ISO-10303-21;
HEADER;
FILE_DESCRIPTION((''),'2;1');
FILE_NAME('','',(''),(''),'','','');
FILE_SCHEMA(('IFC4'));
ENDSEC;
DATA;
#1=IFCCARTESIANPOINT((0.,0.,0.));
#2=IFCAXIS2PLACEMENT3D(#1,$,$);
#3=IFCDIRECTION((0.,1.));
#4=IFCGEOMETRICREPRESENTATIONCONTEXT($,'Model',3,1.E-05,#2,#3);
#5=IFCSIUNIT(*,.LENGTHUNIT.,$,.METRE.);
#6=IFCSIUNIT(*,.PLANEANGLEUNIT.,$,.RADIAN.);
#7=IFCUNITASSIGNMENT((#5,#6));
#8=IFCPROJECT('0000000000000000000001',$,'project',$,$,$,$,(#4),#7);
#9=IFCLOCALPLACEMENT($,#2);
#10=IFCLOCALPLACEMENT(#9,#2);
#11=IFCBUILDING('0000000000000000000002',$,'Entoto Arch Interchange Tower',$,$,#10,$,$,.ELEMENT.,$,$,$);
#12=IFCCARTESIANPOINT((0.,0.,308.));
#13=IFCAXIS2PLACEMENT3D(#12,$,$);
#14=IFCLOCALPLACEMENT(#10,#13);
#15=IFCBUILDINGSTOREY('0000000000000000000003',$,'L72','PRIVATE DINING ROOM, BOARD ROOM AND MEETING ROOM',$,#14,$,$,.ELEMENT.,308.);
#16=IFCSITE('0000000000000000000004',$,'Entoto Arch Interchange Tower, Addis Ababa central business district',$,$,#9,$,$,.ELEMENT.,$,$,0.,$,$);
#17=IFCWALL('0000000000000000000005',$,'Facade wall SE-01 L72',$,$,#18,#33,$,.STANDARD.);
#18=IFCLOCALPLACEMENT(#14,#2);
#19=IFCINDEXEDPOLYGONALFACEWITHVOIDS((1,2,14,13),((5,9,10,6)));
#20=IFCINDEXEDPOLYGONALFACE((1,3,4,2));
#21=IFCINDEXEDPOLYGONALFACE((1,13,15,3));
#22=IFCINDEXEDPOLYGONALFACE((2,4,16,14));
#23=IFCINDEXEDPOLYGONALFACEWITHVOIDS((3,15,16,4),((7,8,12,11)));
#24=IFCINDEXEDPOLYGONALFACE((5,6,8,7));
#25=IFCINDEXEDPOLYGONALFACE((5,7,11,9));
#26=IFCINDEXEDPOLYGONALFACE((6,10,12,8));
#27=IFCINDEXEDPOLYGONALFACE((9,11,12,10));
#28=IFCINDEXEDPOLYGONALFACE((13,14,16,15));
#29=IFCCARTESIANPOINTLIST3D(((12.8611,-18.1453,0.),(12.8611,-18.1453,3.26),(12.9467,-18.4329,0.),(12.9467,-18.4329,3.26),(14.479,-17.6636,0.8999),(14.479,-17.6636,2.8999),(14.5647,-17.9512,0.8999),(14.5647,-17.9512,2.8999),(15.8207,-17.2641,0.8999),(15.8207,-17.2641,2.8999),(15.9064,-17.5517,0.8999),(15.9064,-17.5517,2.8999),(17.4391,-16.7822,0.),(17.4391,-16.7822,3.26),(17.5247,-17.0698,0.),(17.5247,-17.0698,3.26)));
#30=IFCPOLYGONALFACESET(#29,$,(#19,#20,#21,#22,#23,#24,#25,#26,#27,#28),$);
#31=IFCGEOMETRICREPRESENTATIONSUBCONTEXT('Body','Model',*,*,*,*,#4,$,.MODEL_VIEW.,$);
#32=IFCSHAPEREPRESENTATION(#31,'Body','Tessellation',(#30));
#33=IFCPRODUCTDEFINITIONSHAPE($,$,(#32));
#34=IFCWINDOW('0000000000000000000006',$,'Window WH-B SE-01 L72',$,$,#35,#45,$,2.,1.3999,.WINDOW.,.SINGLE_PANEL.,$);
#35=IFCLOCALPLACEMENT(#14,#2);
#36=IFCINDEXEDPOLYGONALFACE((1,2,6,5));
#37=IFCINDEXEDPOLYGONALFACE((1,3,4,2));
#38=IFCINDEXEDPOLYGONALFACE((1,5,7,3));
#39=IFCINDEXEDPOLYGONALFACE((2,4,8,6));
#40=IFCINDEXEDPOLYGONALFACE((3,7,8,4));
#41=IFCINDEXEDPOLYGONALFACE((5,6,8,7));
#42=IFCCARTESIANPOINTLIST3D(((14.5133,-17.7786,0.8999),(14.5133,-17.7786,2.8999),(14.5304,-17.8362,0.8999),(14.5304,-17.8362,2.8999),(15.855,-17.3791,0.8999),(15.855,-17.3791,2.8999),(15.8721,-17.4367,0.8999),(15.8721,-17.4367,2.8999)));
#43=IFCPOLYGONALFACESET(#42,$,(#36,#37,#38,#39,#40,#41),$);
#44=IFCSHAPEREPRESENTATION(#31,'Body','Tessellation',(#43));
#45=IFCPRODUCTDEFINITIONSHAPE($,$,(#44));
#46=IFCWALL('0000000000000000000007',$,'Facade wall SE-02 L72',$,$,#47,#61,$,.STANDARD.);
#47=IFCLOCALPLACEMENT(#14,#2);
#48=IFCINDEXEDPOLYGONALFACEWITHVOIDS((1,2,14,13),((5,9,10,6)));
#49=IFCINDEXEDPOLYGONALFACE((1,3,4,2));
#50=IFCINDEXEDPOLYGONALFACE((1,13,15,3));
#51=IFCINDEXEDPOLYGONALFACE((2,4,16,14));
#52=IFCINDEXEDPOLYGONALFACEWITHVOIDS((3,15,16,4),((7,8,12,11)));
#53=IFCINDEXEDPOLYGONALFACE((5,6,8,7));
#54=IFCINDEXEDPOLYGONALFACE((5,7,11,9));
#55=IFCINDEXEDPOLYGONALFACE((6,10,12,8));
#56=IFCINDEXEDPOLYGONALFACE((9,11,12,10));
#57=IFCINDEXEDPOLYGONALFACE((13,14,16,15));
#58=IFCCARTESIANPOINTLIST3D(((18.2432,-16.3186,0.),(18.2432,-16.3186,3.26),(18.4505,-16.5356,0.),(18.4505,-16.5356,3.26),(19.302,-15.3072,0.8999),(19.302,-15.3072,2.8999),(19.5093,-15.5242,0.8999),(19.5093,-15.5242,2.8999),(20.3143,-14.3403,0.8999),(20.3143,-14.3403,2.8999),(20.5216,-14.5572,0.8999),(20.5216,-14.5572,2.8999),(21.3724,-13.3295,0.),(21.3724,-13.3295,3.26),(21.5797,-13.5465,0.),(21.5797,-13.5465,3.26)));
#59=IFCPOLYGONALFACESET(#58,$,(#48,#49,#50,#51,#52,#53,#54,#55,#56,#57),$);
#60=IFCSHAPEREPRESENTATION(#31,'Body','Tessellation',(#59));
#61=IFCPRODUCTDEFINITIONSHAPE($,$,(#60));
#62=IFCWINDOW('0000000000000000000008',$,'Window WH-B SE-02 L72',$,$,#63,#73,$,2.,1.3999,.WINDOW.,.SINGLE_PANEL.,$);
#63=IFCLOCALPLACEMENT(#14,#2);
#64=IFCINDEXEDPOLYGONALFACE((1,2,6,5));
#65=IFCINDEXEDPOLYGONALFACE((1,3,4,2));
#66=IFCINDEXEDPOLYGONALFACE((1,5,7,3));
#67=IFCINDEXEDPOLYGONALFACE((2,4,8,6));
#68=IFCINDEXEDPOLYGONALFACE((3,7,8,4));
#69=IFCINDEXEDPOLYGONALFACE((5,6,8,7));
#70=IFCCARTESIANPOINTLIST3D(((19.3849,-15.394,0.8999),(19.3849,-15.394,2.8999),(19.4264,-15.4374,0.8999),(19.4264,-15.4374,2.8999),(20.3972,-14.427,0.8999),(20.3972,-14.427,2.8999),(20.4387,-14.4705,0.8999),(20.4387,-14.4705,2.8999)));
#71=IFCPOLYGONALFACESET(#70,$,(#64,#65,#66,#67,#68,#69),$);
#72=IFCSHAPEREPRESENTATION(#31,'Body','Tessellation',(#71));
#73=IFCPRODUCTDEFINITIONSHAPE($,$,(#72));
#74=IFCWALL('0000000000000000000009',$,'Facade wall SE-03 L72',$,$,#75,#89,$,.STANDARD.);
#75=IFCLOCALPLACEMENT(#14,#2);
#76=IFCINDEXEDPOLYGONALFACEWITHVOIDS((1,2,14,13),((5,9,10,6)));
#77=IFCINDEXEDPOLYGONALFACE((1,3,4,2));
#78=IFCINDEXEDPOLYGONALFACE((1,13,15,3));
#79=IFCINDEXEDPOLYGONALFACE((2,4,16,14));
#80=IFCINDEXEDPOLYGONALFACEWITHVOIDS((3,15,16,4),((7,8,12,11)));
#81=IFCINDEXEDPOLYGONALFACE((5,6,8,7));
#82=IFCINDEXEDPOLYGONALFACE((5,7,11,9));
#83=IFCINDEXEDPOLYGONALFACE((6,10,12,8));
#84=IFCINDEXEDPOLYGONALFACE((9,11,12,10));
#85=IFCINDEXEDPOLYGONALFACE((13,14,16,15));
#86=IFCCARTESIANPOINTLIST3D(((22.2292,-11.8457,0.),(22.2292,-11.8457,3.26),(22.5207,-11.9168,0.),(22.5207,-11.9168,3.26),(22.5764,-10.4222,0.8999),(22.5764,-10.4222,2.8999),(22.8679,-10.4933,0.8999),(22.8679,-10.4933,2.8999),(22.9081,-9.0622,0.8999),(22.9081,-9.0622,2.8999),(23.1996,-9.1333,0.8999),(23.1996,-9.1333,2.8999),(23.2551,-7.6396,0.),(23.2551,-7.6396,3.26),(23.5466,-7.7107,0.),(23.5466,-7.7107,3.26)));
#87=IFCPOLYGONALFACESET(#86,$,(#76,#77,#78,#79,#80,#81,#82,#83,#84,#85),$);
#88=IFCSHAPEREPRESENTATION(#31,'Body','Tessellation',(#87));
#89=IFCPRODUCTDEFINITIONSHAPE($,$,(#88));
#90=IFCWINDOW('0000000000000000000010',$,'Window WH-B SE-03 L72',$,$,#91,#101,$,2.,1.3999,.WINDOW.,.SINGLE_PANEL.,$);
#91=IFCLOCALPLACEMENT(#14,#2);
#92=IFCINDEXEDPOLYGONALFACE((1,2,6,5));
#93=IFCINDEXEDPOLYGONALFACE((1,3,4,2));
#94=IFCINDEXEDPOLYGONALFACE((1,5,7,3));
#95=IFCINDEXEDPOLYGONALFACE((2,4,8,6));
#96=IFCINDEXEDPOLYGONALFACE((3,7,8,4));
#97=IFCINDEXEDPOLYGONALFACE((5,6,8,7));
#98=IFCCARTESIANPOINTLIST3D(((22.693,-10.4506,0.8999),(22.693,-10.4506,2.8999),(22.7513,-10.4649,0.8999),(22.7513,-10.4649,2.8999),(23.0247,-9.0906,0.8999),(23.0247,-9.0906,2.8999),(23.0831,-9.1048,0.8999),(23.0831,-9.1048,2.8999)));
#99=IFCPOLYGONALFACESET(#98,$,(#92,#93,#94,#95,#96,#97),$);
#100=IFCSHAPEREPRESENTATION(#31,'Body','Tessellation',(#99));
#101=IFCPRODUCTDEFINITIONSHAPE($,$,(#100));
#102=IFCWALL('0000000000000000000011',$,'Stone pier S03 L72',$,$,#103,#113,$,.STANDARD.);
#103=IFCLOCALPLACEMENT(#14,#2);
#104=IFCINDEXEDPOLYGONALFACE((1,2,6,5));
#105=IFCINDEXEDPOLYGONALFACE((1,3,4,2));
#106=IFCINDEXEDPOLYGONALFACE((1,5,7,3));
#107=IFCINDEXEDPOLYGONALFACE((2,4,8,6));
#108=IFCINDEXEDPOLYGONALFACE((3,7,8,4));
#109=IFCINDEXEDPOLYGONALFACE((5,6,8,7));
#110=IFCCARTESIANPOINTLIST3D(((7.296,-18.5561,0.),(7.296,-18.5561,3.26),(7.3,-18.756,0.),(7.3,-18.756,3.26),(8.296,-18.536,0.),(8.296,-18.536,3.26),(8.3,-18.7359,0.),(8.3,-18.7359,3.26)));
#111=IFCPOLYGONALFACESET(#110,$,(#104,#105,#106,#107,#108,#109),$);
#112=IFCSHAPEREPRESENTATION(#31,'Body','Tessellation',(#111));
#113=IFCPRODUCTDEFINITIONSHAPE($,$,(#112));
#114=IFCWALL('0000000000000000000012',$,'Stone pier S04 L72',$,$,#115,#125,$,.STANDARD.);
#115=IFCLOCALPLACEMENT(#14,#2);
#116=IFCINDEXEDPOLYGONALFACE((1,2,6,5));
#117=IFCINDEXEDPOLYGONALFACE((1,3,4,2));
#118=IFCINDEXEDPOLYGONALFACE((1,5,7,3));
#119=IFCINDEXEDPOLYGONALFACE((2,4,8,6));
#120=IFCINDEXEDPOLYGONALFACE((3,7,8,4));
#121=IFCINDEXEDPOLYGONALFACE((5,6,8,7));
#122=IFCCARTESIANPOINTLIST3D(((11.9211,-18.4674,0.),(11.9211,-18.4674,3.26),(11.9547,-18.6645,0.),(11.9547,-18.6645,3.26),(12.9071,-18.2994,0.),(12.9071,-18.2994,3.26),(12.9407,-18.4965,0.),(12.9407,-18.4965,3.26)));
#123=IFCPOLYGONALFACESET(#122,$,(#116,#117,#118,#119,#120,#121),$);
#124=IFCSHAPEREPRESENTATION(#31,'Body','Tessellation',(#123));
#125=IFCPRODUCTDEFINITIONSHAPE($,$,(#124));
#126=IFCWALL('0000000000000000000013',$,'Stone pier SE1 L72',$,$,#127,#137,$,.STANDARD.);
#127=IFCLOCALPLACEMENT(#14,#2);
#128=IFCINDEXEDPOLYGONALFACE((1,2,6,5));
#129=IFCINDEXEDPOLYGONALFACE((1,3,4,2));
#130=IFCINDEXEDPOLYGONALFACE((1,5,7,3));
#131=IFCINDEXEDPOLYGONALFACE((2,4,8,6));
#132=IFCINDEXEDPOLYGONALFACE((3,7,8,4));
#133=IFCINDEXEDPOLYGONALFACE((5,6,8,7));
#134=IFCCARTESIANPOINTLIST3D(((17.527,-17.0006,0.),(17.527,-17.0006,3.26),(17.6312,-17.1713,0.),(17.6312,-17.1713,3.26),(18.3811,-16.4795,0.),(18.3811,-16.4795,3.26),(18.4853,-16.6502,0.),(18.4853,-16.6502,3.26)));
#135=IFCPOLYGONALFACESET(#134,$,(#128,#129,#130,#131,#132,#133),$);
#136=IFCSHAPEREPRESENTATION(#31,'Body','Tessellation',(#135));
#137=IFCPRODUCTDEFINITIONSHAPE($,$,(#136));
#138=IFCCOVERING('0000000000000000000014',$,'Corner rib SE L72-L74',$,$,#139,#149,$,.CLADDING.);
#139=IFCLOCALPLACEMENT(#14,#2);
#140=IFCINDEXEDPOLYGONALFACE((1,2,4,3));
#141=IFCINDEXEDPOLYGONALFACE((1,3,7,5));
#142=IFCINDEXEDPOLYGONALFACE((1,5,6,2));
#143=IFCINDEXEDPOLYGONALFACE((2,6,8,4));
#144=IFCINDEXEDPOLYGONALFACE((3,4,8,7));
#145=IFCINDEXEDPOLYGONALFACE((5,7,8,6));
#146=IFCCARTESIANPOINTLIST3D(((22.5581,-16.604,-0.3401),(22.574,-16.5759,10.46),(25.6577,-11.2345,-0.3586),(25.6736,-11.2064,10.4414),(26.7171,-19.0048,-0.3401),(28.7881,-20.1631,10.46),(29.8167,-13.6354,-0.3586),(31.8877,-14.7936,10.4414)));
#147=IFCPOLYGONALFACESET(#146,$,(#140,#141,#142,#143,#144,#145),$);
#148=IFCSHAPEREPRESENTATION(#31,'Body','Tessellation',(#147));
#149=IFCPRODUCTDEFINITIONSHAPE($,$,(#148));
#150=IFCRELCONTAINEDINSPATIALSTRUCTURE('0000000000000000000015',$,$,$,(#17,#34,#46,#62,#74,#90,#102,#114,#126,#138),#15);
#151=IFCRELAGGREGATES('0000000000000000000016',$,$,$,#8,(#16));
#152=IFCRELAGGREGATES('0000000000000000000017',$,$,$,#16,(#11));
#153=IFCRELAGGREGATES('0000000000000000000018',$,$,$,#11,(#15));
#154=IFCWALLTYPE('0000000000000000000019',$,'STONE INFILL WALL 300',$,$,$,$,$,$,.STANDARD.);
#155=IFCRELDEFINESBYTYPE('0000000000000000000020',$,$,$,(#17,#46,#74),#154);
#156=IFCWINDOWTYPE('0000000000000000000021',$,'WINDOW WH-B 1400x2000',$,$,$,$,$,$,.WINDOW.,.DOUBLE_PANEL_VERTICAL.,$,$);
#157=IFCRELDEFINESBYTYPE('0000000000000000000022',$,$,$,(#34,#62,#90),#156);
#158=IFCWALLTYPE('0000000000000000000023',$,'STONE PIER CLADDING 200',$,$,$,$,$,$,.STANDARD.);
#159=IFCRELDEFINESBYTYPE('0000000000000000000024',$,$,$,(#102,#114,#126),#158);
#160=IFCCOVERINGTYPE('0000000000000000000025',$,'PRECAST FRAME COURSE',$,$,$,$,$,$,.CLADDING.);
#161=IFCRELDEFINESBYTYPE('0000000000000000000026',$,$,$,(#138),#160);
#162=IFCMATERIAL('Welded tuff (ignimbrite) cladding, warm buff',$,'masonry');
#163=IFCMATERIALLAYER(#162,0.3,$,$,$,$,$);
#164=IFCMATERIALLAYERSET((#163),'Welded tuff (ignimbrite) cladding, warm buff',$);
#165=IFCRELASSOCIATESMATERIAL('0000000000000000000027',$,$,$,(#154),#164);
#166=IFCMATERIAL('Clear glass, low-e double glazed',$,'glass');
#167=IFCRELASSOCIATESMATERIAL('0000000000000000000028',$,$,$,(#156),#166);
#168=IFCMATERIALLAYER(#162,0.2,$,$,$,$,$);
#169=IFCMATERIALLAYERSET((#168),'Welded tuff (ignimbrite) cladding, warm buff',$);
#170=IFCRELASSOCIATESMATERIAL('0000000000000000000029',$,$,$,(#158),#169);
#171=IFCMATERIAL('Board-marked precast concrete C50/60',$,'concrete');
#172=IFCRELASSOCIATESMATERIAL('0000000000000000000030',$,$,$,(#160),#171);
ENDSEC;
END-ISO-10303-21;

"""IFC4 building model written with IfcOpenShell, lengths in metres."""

from ifc_helpers import new_model, si_unit, direction, frame, frame_2d, origin, place, context, subcontext, project, spatial, polyline, rectangle, outline, extrude, material, layer, layer_set, type_object, element, fill, save


model = new_model("IFC4")

# Units and contexts
model_context = context("Model", 3, precision=1e-05, world=origin(), true_north=direction((0.0, 1.0)))
body_context = subcontext(model_context, "Body", "Model", "MODEL_VIEW")
ifc_project = project(units=[si_unit("LENGTHUNIT", "METRE"), si_unit("PLANEANGLEUNIT", "RADIAN")], contexts=[model_context])

# Site, building, storey
site_placement = place(None, origin())
site = spatial("IfcSite", under=ifc_project, at=site_placement, Name="Entoto Arch Interchange Tower, Addis Ababa central business district", CompositionType="ELEMENT", RefElevation=0.0)
building_placement = place(site_placement, origin())
building = spatial("IfcBuilding", under=site, at=building_placement, Name="Entoto Arch Interchange Tower", CompositionType="ELEMENT")
storey_placement = place(building_placement, frame((0.0, 0.0, 308.0)))
storey = spatial("IfcBuildingStorey", under=building, at=storey_placement, Name="L72", Description="PRIVATE DINING ROOM, BOARD ROOM AND MEETING ROOM", CompositionType="ELEMENT", Elevation=308.0)

# Walls, openings, windows
ifc_material_1 = material(Name="Welded tuff (ignimbrite) cladding, warm buff", Category="masonry")
ifc_layer_1 = layer(ifc_material_1, 0.3)
ifc_layer_set_1 = layer_set([ifc_layer_1], Name="Welded tuff (ignimbrite) cladding, warm buff")
wall_type_1 = type_object("IfcWallType", Name="STONE INFILL WALL 300", PredefinedType="STANDARD", material=ifc_layer_set_1)
ifc_material_2 = material(Name="Clear glass, low-e double glazed", Category="glass")
window_type = type_object("IfcWindowType", Name="WINDOW WH-B 1400x2000", PartitioningType="DOUBLE_PANEL_VERTICAL", PredefinedType="WINDOW", material=ifc_material_2)
wall_1_placement = place(storey_placement, frame((12.9041, -18.2891, 0.0), z_axis=(0.0, 0.0, 1.0), x_axis=(0.958419, 0.285364, 0.0)))
wall_1 = element("IfcWall", 1, at=wall_1_placement, inside=storey, type_object=wall_type_1, Name="Facade wall SE-01 L72", PredefinedType="STANDARD", context=body_context, shape_type="SweptSolid", body=[
    extrude(rectangle(XDim=4.7766, YDim=0.3, at=frame_2d((2.3882, 0.0))), origin(), (0.0, 0.0, 1.0), 3.26),
])
opening_1_placement = place(wall_1_placement, frame((1.688, 0.0, 0.8999)))
opening_1 = element("IfcOpeningElement", 2, at=opening_1_placement, cuts=wall_1, PredefinedType="OPENING", context=body_context, shape_type="SweptSolid", body=[
    extrude(rectangle(XDim=1.3999, YDim=2.0, at=frame_2d((0.7, 1.0))), frame((0.0, 0.1602, 0.0), z_axis=(0.0, -1.0, 0.0), x_axis=(1.0, 0.0, 0.0)), (0.0, 0.0, 1.0), 0.3201),
])
window_1_placement = place(opening_1_placement, origin())
window_1 = element("IfcWindow", 3, at=window_1_placement, inside=storey, type_object=window_type, Name="Window WH-B SE-01 L72", OverallHeight=2.0, OverallWidth=1.3999, PartitioningType="SINGLE_PANEL", PredefinedType="WINDOW", context=body_context, shape_type="SweptSolid", body=[
    extrude(rectangle(XDim=1.3999, YDim=2.0, at=frame_2d((0.7, 1.0))), frame((0.0, 0.03, 0.0), z_axis=(0.0, -1.0, 0.0), x_axis=(1.0, 0.0, 0.0)), (0.0, 0.0, 1.0), 0.0601),
])
fill(opening_1, window_1)
wall_2_placement = place(storey_placement, frame((18.3469, -16.427, 0.0), z_axis=(0.0, 0.0, 1.0), x_axis=(0.723113, 0.690729, 0.0)))
wall_2 = element("IfcWall", 4, at=wall_2_placement, inside=storey, type_object=wall_type_1, Name="Facade wall SE-02 L72", PredefinedType="STANDARD", context=body_context, shape_type="SweptSolid", body=[
    extrude(rectangle(XDim=4.3274, YDim=0.3, at=frame_2d((2.1636, 0.0))), origin(), (0.0, 0.0, 1.0), 3.26),
])
opening_2_placement = place(wall_2_placement, frame((1.4641, 0.0, 0.8999)))
opening_2 = element("IfcOpeningElement", 5, at=opening_2_placement, cuts=wall_2, PredefinedType="OPENING", context=body_context, shape_type="SweptSolid", body=[
    extrude(rectangle(XDim=1.3999, YDim=2.0, at=frame_2d((0.7, 1.0))), frame((0.0, 0.1602, 0.0), z_axis=(0.0, -1.0, 0.0), x_axis=(1.0, 0.0, 0.0)), (0.0, 0.0, 1.0), 0.3201),
])
window_2_placement = place(opening_2_placement, origin())
window_2 = element("IfcWindow", 6, at=window_2_placement, inside=storey, type_object=window_type, Name="Window WH-B SE-02 L72", OverallHeight=2.0, OverallWidth=1.3999, PartitioningType="SINGLE_PANEL", PredefinedType="WINDOW", context=body_context, shape_type="SweptSolid", body=[
    extrude(rectangle(XDim=1.3999, YDim=2.0, at=frame_2d((0.7, 1.0))), frame((0.0, 0.03, 0.0), z_axis=(0.0, -1.0, 0.0), x_axis=(1.0, 0.0, 0.0)), (0.0, 0.0, 1.0), 0.0601),
])
fill(opening_2, window_2)
wall_3_placement = place(storey_placement, frame((22.375, -11.8811, 0.0), z_axis=(0.0, 0.0, 1.0), x_axis=(0.236959, 0.97152, 0.0)))
wall_3 = element("IfcWall", 7, at=wall_3_placement, inside=storey, type_object=wall_type_1, Name="Facade wall SE-03 L72", PredefinedType="STANDARD", context=body_context, shape_type="SweptSolid", body=[
    extrude(rectangle(XDim=4.3293, YDim=0.3, at=frame_2d((2.1646, 0.0))), origin(), (0.0, 0.0, 1.0), 3.26),
])
opening_3_placement = place(wall_3_placement, frame((1.4651, 0.0, 0.8999)))
opening_3 = element("IfcOpeningElement", 8, at=opening_3_placement, cuts=wall_3, PredefinedType="OPENING", context=body_context, shape_type="SweptSolid", body=[
    extrude(rectangle(XDim=1.3999, YDim=2.0, at=frame_2d((0.7, 1.0))), frame((0.0, 0.1602, 0.0), z_axis=(0.0, -1.0, 0.0), x_axis=(1.0, 0.0, 0.0)), (0.0, 0.0, 1.0), 0.3201),
])
window_3_placement = place(opening_3_placement, origin())
window_3 = element("IfcWindow", 9, at=window_3_placement, inside=storey, type_object=window_type, Name="Window WH-B SE-03 L72", OverallHeight=2.0, OverallWidth=1.3999, PartitioningType="SINGLE_PANEL", PredefinedType="WINDOW", context=body_context, shape_type="SweptSolid", body=[
    extrude(rectangle(XDim=1.3999, YDim=2.0, at=frame_2d((0.7, 1.0))), frame((0.0, 0.03, 0.0), z_axis=(0.0, -1.0, 0.0), x_axis=(1.0, 0.0, 0.0)), (0.0, 0.0, 1.0), 0.0601),
])
fill(opening_3, window_3)

# Walls
ifc_layer_2 = layer(ifc_material_1, 0.2)
ifc_layer_set_2 = layer_set([ifc_layer_2], Name="Welded tuff (ignimbrite) cladding, warm buff")
wall_type_2 = type_object("IfcWallType", Name="STONE PIER CLADDING 200", PredefinedType="STANDARD", material=ifc_layer_set_2)
for number, where, z_axis, x_axis, name in (
    (10, (7.2981, -18.656, 0.0), (0.0, 0.0, 1.0), (0.9998, 0.020016, 0.0), "Stone pier S03 L72"),
    (11, (11.938, -18.5659, 0.0), (0.0, 0.0, 1.0), (0.985801, 0.16792, 0.0), "Stone pier S04 L72"),
):
    element("IfcWall", number, at=place(storey_placement, frame(where, z_axis=z_axis, x_axis=x_axis)), inside=storey, type_object=wall_type_2, Name=name, PredefinedType="STANDARD", context=body_context, shape_type="SweptSolid", body=[
        extrude(rectangle(XDim=1.0002, YDim=0.2, at=frame_2d((0.5, 0.0))), origin(), (0.0, 0.0, 1.0), 3.26),
    ])
wall_4_placement = place(storey_placement, frame((17.5791, -17.0859, 0.0), z_axis=(0.0, 0.0, 1.0), x_axis=(0.85368, 0.520798, 0.0)))
element("IfcWall", 12, at=wall_4_placement, inside=storey, type_object=wall_type_2, Name="Stone pier SE1 L72", PredefinedType="STANDARD", context=body_context, shape_type="SweptSolid", body=[
    extrude(rectangle(XDim=1.0005, YDim=0.2, at=frame_2d((0.5002, 0.0))), origin(), (0.0, 0.0, 1.0), 3.26),
])

# Covering
ifc_material_3 = material(Name="Board-marked precast concrete C50/60", Category="concrete")
covering_type = type_object("IfcCoveringType", Name="PRECAST FRAME COURSE", PredefinedType="CLADDING", material=ifc_material_3)
covering_placement = place(storey_placement, frame((22.5581, -16.604, -0.3401), z_axis=(-0.499945, -0.866052, 0.00299), x_axis=(0.866056, -0.499947, 0.0)))
element("IfcCovering", 13, at=covering_placement, inside=storey, type_object=covering_type, Name="Corner rib SE L72-L74", PredefinedType="CLADDING", context=body_context, shape_type="SweptSolid", body=[
    extrude(outline(polyline([(0.0, 0.0), (4.8022, 0.0), (7.1749, 10.8001), (-0.0003, 10.8001), (0.0, 0.0)])), origin(), (0.0, 0.0, -1.0), 6.2),
])

save(model, "model.ifc")
